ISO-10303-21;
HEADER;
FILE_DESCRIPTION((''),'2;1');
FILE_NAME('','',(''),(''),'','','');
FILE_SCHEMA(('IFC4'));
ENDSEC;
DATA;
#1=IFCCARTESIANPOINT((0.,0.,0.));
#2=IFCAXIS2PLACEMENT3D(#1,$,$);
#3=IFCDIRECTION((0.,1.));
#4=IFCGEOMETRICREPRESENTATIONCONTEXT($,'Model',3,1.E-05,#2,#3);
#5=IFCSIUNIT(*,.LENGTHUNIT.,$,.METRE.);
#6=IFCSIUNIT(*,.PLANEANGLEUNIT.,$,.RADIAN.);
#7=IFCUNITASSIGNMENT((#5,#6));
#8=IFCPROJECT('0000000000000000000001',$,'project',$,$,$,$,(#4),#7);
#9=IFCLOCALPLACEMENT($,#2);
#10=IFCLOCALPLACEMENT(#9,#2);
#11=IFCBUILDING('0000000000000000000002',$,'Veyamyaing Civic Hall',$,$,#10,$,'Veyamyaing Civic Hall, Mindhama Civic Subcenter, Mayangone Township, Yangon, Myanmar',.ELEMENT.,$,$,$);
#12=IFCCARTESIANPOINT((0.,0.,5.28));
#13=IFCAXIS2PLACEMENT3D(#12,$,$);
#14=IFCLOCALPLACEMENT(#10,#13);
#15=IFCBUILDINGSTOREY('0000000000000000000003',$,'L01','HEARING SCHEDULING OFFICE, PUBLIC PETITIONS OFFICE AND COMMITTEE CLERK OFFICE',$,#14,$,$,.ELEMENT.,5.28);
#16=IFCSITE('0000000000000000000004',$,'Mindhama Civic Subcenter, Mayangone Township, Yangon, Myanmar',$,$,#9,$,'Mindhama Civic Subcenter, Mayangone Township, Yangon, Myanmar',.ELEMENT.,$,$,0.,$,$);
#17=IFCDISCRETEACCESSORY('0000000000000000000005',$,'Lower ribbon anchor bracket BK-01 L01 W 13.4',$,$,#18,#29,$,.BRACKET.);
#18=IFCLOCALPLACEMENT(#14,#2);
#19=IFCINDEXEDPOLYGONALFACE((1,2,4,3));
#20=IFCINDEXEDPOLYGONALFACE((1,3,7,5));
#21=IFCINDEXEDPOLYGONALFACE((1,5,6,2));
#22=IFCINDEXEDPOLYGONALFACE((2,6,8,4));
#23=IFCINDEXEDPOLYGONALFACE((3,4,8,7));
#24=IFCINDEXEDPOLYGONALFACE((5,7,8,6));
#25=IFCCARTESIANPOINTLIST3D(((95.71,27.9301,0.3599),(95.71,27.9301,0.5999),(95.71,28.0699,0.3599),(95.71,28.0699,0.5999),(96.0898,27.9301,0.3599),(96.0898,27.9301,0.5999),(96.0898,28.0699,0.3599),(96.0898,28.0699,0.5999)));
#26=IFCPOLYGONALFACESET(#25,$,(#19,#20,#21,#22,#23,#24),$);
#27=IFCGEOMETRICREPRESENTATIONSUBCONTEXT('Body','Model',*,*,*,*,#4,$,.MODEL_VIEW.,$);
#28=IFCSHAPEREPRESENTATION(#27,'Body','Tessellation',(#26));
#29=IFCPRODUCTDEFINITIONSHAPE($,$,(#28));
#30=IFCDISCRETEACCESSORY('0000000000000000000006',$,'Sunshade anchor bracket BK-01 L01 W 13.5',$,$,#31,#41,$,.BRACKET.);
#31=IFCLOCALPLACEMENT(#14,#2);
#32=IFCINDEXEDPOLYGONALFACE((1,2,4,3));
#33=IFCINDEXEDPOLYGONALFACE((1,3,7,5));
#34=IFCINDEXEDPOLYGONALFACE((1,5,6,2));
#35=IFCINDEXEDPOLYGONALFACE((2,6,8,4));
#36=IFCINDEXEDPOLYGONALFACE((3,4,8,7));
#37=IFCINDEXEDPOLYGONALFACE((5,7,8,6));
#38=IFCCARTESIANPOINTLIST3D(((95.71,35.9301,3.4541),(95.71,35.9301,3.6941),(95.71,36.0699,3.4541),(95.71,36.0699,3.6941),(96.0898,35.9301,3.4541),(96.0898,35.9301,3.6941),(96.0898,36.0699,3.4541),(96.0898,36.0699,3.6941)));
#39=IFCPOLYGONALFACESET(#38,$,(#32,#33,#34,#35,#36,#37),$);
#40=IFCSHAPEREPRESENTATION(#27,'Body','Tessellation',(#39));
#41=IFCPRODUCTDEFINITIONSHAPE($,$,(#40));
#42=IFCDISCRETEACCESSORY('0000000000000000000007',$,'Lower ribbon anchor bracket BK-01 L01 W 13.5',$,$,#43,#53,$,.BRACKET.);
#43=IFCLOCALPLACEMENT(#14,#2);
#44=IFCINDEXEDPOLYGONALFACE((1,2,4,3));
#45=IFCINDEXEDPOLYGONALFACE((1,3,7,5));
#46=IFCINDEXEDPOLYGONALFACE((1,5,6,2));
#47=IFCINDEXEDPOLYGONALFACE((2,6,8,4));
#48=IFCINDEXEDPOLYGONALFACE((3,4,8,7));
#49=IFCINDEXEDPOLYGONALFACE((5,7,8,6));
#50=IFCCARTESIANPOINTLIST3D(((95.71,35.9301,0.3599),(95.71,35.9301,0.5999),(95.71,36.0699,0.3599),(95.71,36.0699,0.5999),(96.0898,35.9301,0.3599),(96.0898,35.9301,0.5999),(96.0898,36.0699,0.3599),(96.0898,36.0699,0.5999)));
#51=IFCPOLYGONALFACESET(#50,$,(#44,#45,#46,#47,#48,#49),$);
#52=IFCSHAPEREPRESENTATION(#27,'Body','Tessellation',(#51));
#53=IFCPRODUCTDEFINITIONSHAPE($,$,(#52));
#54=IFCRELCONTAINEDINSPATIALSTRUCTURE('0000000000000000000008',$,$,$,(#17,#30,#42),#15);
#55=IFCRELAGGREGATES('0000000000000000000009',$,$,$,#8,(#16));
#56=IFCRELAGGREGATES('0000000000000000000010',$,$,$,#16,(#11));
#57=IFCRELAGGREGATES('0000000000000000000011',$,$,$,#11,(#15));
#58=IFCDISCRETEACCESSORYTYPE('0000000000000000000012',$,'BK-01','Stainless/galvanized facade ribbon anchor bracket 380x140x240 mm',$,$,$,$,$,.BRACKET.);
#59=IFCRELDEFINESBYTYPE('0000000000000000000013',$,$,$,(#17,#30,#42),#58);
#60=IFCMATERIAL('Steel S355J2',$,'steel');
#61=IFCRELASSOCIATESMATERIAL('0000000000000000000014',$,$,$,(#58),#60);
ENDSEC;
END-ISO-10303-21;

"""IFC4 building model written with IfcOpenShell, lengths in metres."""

from ifc_helpers import new_model, si_unit, direction, frame, origin, origin_2d, place, context, subcontext, project, spatial, rectangle, extrude, material, type_object, element, save


model = new_model("IFC4")

# Units and contexts
model_context = context("Model", 3, precision=1e-05, world=origin(), true_north=direction((0.0, 1.0)))
body_context = subcontext(model_context, "Body", "Model", "MODEL_VIEW")
ifc_project = project(units=[si_unit("LENGTHUNIT", "METRE"), si_unit("PLANEANGLEUNIT", "RADIAN")], contexts=[model_context])

# Site, building, storey
site_placement = place(None, origin())
site = spatial("IfcSite", under=ifc_project, at=site_placement, Name="Mindhama Civic Subcenter, Mayangone Township, Yangon, Myanmar", LongName="Mindhama Civic Subcenter, Mayangone Township, Yangon, Myanmar", CompositionType="ELEMENT", RefElevation=0.0)
building_placement = place(site_placement, origin())
building = spatial("IfcBuilding", under=site, at=building_placement, Name="Veyamyaing Civic Hall", LongName="Veyamyaing Civic Hall, Mindhama Civic Subcenter, Mayangone Township, Yangon, Myanmar", CompositionType="ELEMENT")
storey_placement = place(building_placement, frame((0.0, 0.0, 5.28)))
storey = spatial("IfcBuildingStorey", under=building, at=storey_placement, Name="L01", Description="HEARING SCHEDULING OFFICE, PUBLIC PETITIONS OFFICE AND COMMITTEE CLERK OFFICE", CompositionType="ELEMENT", Elevation=5.28)

# Shared definitions
ifc_material_1 = material(Name="Steel S355J2", Category="steel")

# Discrete accessories
discrete_accessory_type = type_object("IfcDiscreteAccessoryType", Name="BK-01", Description="Stainless/galvanized facade ribbon anchor bracket 380x140x240 mm", PredefinedType="BRACKET", material=ifc_material_1)
for number, where, z_axis, x_axis, name in (
    (1, (95.8999, 28.0, 0.3599), (0.0, 0.0, 1.0), (-1.0, 0.0, 0.0), "Lower ribbon anchor bracket BK-01 L01 W 13.4"),
    (2, (95.8999, 36.0, 3.4541), (0.0, 0.0, 1.0), (-1.0, 0.0, 0.0), "Sunshade anchor bracket BK-01 L01 W 13.5"),
    (3, (95.8999, 36.0, 0.3599), (0.0, 0.0, 1.0), (-1.0, 0.0, 0.0), "Lower ribbon anchor bracket BK-01 L01 W 13.5"),
):
    element("IfcDiscreteAccessory", number, at=place(storey_placement, frame(where, z_axis=z_axis, x_axis=x_axis)), inside=storey, type_object=discrete_accessory_type, Name=name, PredefinedType="BRACKET", context=body_context, shape_type="SweptSolid", body=[
        extrude(rectangle(XDim=0.3799, YDim=0.1399, at=origin_2d()), origin(), (0.0, 0.0, 1.0), 0.24),
    ])

save(model, "model.ifc")
